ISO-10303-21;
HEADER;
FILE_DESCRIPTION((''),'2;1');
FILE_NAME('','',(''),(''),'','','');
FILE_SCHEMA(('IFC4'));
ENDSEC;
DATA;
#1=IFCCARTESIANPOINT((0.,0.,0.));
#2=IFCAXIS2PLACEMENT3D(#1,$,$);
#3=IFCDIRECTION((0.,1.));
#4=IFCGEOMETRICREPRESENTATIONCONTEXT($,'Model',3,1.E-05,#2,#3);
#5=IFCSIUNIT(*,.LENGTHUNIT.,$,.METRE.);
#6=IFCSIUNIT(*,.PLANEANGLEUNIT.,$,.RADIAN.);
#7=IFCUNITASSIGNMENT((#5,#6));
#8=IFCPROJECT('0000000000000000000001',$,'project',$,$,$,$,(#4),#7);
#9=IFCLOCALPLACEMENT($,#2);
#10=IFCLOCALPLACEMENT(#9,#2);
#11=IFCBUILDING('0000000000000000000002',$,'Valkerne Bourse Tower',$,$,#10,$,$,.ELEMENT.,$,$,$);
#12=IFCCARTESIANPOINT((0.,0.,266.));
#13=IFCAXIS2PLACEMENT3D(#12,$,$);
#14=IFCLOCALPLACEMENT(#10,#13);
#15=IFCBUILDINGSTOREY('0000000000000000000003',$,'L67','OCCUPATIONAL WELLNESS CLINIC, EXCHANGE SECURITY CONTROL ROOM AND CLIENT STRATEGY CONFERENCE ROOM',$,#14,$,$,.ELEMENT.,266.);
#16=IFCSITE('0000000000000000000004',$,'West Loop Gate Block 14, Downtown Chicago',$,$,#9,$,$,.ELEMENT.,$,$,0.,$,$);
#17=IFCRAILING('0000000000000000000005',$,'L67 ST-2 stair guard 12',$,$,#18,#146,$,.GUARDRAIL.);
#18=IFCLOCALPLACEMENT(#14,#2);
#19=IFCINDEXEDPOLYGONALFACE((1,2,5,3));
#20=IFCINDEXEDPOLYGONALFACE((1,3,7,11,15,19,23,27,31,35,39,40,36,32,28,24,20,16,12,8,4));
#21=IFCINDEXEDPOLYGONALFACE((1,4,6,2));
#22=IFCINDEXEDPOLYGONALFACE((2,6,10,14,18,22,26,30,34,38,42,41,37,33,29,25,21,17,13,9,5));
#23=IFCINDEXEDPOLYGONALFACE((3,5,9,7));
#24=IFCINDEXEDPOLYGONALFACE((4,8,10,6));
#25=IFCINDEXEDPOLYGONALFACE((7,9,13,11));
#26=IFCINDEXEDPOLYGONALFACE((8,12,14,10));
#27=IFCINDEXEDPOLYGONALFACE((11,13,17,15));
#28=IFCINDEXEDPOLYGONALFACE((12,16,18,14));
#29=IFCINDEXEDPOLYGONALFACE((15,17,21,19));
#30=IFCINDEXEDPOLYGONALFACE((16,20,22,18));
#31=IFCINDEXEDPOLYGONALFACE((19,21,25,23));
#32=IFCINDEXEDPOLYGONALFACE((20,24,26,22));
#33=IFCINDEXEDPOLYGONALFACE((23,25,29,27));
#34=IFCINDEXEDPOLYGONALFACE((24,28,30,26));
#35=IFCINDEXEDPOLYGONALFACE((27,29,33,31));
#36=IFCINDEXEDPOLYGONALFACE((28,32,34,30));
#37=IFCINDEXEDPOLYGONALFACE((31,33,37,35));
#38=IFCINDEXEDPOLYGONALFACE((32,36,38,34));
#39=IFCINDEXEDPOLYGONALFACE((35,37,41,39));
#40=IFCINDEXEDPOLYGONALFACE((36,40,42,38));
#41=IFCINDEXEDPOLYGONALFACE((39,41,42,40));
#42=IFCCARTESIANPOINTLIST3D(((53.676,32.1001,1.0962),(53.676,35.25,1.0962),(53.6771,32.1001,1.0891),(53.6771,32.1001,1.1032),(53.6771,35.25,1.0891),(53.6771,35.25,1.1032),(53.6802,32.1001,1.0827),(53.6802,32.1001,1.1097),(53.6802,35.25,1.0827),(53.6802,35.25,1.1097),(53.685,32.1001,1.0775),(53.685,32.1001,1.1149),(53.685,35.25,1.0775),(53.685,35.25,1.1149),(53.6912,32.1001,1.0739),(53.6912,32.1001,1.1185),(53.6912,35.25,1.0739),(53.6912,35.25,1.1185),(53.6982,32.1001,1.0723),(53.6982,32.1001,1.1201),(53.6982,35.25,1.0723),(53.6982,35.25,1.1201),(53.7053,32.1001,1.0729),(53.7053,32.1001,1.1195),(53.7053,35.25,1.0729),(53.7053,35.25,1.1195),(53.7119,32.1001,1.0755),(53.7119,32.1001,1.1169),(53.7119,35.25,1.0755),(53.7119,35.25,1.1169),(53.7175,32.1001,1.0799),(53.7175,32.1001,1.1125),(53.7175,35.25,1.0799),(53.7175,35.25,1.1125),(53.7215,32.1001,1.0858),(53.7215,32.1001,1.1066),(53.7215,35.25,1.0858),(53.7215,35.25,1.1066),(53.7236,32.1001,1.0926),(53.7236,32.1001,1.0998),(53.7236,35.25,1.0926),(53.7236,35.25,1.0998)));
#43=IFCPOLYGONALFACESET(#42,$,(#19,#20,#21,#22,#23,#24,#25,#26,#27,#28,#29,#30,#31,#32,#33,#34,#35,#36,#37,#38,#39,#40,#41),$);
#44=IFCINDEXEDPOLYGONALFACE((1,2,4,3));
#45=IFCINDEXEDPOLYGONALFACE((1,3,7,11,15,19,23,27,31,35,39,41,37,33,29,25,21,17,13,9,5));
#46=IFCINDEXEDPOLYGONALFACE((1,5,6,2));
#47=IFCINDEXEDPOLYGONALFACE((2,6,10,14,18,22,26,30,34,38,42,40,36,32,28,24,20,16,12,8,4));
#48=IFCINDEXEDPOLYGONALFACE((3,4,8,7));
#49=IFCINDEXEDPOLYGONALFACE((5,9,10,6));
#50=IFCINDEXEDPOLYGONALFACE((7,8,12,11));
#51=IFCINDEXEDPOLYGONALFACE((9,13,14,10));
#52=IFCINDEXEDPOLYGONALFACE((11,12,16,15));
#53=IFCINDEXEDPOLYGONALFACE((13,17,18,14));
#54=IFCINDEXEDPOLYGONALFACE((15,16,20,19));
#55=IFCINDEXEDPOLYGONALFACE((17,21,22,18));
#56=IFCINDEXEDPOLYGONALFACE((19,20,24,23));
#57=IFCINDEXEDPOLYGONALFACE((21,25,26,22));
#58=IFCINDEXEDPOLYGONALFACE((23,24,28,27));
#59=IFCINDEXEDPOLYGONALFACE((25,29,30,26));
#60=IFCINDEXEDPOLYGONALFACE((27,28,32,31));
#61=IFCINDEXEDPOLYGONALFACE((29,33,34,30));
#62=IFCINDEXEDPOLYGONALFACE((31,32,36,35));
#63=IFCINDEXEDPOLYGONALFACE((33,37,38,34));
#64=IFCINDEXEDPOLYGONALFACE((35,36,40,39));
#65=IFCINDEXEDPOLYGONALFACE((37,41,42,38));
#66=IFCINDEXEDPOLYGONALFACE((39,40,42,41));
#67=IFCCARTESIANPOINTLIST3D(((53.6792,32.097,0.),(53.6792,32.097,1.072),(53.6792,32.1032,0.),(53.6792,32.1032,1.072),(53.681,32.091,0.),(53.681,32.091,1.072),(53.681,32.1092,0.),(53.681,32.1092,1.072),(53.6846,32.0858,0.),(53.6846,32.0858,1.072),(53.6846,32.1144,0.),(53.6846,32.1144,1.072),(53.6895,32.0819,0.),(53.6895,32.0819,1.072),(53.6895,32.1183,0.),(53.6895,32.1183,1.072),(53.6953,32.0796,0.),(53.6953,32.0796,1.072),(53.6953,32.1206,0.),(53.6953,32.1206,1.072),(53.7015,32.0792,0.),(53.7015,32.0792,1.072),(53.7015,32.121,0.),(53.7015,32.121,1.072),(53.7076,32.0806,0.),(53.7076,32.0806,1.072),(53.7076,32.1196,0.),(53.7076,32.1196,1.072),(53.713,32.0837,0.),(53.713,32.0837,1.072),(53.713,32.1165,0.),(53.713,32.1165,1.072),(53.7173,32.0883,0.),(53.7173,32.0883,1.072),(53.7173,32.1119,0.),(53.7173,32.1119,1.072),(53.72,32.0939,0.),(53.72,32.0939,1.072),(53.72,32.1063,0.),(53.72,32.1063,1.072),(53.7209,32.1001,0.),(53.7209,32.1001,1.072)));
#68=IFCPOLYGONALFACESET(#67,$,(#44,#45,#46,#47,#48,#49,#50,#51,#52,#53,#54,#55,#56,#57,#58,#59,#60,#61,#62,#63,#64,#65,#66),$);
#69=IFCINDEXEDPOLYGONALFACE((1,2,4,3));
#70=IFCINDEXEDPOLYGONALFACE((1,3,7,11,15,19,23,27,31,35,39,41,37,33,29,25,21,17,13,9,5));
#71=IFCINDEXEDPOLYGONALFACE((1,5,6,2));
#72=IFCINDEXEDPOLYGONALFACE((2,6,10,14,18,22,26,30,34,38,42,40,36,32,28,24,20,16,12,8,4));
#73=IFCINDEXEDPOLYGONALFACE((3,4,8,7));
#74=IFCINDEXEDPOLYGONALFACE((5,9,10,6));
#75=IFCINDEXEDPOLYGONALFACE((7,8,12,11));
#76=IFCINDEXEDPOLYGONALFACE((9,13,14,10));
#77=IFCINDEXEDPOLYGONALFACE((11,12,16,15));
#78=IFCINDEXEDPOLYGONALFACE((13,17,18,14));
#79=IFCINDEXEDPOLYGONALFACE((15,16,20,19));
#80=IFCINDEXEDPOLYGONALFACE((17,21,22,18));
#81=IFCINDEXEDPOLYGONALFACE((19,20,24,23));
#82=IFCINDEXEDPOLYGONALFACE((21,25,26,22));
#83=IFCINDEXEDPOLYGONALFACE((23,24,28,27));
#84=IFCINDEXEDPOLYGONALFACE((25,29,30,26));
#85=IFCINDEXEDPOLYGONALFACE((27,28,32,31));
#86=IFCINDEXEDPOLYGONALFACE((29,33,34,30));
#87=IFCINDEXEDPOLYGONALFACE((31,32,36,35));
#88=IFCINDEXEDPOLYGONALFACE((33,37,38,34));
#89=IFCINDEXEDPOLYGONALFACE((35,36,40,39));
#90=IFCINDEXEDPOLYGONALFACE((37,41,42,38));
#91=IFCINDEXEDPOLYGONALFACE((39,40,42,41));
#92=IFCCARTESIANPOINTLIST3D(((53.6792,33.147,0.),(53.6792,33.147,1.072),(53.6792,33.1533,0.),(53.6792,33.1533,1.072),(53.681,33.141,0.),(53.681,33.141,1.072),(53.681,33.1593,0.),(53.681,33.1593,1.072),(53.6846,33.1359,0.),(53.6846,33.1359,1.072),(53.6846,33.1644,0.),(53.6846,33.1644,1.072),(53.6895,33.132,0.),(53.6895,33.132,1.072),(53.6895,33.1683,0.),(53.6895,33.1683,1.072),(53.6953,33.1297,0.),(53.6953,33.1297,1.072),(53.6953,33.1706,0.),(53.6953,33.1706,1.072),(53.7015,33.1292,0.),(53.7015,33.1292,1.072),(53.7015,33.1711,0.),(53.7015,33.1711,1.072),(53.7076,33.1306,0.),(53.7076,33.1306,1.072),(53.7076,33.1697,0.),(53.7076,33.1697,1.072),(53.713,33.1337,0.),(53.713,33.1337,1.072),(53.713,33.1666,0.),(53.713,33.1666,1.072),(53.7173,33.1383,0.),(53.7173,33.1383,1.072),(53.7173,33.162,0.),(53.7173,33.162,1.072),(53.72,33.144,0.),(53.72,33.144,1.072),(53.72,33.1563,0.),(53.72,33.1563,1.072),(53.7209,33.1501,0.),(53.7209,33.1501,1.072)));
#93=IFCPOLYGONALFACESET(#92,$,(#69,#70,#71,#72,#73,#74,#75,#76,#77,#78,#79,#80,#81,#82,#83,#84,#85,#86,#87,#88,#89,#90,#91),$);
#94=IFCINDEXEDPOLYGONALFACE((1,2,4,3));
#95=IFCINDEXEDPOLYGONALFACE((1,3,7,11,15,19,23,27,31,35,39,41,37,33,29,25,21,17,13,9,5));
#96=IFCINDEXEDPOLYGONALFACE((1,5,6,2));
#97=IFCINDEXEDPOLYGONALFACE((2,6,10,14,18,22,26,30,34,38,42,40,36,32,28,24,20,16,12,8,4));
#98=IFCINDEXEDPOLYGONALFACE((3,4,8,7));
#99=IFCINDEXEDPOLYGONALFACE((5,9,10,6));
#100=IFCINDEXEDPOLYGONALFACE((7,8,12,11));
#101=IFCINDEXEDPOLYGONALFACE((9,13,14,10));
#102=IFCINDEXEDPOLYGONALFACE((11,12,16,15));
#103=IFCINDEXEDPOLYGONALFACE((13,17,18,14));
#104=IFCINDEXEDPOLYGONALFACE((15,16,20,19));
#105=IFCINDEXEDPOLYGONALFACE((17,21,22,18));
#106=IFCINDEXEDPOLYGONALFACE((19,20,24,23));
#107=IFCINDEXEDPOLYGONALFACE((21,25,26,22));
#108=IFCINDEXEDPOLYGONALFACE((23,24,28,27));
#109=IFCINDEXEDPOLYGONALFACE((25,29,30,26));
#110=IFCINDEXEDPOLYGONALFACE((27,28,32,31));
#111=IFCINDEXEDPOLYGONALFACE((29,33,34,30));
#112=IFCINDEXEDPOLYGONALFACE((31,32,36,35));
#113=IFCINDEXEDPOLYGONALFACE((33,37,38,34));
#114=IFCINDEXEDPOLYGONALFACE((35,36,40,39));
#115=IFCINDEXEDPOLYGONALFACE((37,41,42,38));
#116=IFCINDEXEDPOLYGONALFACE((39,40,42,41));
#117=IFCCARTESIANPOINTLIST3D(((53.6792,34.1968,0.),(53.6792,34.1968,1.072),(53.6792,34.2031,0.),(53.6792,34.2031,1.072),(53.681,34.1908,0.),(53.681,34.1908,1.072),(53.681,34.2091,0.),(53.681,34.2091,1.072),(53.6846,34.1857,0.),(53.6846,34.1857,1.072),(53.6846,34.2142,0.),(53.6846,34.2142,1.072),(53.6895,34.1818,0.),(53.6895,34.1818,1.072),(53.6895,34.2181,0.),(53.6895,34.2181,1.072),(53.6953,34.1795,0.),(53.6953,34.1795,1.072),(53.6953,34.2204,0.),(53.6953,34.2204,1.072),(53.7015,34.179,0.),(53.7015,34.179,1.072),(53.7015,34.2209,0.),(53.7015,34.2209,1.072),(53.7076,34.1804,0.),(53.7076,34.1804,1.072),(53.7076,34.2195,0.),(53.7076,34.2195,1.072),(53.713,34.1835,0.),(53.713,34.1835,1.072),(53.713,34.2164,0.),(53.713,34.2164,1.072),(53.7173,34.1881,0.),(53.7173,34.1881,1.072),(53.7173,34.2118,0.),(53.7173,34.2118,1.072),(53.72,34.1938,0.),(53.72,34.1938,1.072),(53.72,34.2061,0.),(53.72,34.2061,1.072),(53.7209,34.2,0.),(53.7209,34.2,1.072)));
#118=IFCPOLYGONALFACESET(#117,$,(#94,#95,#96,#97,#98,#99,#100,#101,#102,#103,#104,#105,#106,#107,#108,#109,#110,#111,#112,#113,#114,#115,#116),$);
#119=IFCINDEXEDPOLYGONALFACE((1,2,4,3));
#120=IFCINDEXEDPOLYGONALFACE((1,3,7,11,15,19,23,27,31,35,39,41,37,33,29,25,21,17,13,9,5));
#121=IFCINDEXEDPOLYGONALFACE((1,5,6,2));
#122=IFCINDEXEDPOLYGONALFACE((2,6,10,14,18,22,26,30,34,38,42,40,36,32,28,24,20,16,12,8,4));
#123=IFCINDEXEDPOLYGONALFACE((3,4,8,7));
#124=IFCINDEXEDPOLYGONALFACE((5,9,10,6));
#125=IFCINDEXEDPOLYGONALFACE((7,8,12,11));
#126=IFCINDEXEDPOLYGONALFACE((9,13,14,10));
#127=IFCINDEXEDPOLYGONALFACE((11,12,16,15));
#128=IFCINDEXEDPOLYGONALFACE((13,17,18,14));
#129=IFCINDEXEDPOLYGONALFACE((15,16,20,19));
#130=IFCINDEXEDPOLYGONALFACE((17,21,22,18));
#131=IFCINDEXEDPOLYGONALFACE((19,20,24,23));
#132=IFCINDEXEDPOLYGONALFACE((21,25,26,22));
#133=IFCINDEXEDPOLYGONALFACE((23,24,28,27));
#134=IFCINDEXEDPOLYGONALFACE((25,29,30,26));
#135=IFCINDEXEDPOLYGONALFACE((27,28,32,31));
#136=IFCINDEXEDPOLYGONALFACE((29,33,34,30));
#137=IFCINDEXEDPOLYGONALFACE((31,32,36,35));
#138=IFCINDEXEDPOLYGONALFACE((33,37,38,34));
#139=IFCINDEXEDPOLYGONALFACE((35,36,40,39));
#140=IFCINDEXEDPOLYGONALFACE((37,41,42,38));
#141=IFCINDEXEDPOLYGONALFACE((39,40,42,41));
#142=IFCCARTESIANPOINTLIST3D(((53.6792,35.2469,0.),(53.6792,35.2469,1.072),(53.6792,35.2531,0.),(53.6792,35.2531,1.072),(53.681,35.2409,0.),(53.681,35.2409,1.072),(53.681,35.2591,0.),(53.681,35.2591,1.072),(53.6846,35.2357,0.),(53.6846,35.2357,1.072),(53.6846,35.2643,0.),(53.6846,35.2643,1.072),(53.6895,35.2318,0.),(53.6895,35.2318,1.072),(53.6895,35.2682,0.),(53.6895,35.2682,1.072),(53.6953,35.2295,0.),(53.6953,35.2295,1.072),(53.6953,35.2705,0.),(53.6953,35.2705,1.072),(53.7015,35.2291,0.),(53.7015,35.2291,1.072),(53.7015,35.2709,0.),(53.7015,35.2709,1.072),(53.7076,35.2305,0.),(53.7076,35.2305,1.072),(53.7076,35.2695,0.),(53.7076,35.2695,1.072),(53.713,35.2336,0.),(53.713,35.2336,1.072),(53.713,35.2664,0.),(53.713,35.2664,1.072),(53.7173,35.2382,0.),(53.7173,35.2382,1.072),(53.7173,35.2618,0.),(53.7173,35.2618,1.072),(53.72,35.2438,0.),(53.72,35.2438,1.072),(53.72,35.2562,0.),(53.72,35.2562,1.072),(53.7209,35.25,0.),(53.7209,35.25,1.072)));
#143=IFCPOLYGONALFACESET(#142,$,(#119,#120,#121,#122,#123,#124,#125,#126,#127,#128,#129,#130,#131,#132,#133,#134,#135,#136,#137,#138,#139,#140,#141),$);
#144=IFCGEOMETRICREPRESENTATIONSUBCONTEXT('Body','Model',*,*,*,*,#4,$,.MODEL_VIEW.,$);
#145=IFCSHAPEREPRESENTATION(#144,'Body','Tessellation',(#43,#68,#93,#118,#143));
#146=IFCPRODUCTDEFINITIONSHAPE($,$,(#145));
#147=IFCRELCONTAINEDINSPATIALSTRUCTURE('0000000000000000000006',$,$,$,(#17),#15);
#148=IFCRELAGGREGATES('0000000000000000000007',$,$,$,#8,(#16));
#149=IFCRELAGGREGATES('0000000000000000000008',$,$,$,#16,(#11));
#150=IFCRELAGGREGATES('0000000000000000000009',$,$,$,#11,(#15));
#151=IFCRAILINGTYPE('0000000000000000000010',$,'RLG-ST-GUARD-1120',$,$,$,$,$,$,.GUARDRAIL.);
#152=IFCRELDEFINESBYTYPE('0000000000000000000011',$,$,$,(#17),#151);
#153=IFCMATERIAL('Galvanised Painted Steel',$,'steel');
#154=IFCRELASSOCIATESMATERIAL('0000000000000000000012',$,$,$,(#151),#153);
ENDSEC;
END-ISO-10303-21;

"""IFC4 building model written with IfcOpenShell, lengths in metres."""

from ifc_helpers import new_model, si_unit, direction, frame, origin, origin_2d, place, context, subcontext, project, spatial, circle, extrude, material, type_object, element, save


model = new_model("IFC4")

# Units and contexts
model_context = context("Model", 3, precision=1e-05, world=origin(), true_north=direction((0.0, 1.0)))
body_context = subcontext(model_context, "Body", "Model", "MODEL_VIEW")
ifc_project = project(units=[si_unit("LENGTHUNIT", "METRE"), si_unit("PLANEANGLEUNIT", "RADIAN")], contexts=[model_context])

# Site, building, storey
site_placement = place(None, origin())
site = spatial("IfcSite", under=ifc_project, at=site_placement, Name="West Loop Gate Block 14, Downtown Chicago", CompositionType="ELEMENT", RefElevation=0.0)
building_placement = place(site_placement, origin())
building = spatial("IfcBuilding", under=site, at=building_placement, Name="Valkerne Bourse Tower", CompositionType="ELEMENT")
storey_placement = place(building_placement, frame((0.0, 0.0, 266.0)))
storey = spatial("IfcBuildingStorey", under=building, at=storey_placement, Name="L67", Description="OCCUPATIONAL WELLNESS CLINIC, EXCHANGE SECURITY CONTROL ROOM AND CLIENT STRATEGY CONFERENCE ROOM", CompositionType="ELEMENT", Elevation=266.0)

# Railing
ifc_material_1 = material(Name="Galvanised Painted Steel", Category="steel")
railing_type = type_object("IfcRailingType", Name="RLG-ST-GUARD-1120", PredefinedType="GUARDRAIL", material=ifc_material_1)
railing_1_placement = place(storey_placement, frame((53.7, 32.1001, 0.0)))
element("IfcRailing", 1, at=railing_1_placement, inside=storey, type_object=railing_type, Name="L67 ST-2 stair guard 12", PredefinedType="GUARDRAIL", context=body_context, shape_type="SweptSolid", body=[
    extrude(circle(Radius=0.0239, at=origin_2d()), frame((0.0, 0.0, 1.0962), z_axis=(0.0, 1.0, 0.0), x_axis=(-1.0, 0.0, 0.0)), (0.0, 0.0, 1.0), 3.1499),
    extrude(circle(Radius=0.021, at=origin_2d()), origin(), (0.0, 0.0, 1.0), 1.072),
    extrude(circle(Radius=0.021, at=origin_2d()), frame((0.0, 1.05, 0.0)), (0.0, 0.0, 1.0), 1.072),
    extrude(circle(Radius=0.021, at=origin_2d()), frame((0.0, 2.0999, 0.0)), (0.0, 0.0, 1.0), 1.072),
    extrude(circle(Radius=0.021, at=origin_2d()), frame((0.0, 3.1499, 0.0)), (0.0, 0.0, 1.0), 1.072),
])

save(model, "model.ifc")
